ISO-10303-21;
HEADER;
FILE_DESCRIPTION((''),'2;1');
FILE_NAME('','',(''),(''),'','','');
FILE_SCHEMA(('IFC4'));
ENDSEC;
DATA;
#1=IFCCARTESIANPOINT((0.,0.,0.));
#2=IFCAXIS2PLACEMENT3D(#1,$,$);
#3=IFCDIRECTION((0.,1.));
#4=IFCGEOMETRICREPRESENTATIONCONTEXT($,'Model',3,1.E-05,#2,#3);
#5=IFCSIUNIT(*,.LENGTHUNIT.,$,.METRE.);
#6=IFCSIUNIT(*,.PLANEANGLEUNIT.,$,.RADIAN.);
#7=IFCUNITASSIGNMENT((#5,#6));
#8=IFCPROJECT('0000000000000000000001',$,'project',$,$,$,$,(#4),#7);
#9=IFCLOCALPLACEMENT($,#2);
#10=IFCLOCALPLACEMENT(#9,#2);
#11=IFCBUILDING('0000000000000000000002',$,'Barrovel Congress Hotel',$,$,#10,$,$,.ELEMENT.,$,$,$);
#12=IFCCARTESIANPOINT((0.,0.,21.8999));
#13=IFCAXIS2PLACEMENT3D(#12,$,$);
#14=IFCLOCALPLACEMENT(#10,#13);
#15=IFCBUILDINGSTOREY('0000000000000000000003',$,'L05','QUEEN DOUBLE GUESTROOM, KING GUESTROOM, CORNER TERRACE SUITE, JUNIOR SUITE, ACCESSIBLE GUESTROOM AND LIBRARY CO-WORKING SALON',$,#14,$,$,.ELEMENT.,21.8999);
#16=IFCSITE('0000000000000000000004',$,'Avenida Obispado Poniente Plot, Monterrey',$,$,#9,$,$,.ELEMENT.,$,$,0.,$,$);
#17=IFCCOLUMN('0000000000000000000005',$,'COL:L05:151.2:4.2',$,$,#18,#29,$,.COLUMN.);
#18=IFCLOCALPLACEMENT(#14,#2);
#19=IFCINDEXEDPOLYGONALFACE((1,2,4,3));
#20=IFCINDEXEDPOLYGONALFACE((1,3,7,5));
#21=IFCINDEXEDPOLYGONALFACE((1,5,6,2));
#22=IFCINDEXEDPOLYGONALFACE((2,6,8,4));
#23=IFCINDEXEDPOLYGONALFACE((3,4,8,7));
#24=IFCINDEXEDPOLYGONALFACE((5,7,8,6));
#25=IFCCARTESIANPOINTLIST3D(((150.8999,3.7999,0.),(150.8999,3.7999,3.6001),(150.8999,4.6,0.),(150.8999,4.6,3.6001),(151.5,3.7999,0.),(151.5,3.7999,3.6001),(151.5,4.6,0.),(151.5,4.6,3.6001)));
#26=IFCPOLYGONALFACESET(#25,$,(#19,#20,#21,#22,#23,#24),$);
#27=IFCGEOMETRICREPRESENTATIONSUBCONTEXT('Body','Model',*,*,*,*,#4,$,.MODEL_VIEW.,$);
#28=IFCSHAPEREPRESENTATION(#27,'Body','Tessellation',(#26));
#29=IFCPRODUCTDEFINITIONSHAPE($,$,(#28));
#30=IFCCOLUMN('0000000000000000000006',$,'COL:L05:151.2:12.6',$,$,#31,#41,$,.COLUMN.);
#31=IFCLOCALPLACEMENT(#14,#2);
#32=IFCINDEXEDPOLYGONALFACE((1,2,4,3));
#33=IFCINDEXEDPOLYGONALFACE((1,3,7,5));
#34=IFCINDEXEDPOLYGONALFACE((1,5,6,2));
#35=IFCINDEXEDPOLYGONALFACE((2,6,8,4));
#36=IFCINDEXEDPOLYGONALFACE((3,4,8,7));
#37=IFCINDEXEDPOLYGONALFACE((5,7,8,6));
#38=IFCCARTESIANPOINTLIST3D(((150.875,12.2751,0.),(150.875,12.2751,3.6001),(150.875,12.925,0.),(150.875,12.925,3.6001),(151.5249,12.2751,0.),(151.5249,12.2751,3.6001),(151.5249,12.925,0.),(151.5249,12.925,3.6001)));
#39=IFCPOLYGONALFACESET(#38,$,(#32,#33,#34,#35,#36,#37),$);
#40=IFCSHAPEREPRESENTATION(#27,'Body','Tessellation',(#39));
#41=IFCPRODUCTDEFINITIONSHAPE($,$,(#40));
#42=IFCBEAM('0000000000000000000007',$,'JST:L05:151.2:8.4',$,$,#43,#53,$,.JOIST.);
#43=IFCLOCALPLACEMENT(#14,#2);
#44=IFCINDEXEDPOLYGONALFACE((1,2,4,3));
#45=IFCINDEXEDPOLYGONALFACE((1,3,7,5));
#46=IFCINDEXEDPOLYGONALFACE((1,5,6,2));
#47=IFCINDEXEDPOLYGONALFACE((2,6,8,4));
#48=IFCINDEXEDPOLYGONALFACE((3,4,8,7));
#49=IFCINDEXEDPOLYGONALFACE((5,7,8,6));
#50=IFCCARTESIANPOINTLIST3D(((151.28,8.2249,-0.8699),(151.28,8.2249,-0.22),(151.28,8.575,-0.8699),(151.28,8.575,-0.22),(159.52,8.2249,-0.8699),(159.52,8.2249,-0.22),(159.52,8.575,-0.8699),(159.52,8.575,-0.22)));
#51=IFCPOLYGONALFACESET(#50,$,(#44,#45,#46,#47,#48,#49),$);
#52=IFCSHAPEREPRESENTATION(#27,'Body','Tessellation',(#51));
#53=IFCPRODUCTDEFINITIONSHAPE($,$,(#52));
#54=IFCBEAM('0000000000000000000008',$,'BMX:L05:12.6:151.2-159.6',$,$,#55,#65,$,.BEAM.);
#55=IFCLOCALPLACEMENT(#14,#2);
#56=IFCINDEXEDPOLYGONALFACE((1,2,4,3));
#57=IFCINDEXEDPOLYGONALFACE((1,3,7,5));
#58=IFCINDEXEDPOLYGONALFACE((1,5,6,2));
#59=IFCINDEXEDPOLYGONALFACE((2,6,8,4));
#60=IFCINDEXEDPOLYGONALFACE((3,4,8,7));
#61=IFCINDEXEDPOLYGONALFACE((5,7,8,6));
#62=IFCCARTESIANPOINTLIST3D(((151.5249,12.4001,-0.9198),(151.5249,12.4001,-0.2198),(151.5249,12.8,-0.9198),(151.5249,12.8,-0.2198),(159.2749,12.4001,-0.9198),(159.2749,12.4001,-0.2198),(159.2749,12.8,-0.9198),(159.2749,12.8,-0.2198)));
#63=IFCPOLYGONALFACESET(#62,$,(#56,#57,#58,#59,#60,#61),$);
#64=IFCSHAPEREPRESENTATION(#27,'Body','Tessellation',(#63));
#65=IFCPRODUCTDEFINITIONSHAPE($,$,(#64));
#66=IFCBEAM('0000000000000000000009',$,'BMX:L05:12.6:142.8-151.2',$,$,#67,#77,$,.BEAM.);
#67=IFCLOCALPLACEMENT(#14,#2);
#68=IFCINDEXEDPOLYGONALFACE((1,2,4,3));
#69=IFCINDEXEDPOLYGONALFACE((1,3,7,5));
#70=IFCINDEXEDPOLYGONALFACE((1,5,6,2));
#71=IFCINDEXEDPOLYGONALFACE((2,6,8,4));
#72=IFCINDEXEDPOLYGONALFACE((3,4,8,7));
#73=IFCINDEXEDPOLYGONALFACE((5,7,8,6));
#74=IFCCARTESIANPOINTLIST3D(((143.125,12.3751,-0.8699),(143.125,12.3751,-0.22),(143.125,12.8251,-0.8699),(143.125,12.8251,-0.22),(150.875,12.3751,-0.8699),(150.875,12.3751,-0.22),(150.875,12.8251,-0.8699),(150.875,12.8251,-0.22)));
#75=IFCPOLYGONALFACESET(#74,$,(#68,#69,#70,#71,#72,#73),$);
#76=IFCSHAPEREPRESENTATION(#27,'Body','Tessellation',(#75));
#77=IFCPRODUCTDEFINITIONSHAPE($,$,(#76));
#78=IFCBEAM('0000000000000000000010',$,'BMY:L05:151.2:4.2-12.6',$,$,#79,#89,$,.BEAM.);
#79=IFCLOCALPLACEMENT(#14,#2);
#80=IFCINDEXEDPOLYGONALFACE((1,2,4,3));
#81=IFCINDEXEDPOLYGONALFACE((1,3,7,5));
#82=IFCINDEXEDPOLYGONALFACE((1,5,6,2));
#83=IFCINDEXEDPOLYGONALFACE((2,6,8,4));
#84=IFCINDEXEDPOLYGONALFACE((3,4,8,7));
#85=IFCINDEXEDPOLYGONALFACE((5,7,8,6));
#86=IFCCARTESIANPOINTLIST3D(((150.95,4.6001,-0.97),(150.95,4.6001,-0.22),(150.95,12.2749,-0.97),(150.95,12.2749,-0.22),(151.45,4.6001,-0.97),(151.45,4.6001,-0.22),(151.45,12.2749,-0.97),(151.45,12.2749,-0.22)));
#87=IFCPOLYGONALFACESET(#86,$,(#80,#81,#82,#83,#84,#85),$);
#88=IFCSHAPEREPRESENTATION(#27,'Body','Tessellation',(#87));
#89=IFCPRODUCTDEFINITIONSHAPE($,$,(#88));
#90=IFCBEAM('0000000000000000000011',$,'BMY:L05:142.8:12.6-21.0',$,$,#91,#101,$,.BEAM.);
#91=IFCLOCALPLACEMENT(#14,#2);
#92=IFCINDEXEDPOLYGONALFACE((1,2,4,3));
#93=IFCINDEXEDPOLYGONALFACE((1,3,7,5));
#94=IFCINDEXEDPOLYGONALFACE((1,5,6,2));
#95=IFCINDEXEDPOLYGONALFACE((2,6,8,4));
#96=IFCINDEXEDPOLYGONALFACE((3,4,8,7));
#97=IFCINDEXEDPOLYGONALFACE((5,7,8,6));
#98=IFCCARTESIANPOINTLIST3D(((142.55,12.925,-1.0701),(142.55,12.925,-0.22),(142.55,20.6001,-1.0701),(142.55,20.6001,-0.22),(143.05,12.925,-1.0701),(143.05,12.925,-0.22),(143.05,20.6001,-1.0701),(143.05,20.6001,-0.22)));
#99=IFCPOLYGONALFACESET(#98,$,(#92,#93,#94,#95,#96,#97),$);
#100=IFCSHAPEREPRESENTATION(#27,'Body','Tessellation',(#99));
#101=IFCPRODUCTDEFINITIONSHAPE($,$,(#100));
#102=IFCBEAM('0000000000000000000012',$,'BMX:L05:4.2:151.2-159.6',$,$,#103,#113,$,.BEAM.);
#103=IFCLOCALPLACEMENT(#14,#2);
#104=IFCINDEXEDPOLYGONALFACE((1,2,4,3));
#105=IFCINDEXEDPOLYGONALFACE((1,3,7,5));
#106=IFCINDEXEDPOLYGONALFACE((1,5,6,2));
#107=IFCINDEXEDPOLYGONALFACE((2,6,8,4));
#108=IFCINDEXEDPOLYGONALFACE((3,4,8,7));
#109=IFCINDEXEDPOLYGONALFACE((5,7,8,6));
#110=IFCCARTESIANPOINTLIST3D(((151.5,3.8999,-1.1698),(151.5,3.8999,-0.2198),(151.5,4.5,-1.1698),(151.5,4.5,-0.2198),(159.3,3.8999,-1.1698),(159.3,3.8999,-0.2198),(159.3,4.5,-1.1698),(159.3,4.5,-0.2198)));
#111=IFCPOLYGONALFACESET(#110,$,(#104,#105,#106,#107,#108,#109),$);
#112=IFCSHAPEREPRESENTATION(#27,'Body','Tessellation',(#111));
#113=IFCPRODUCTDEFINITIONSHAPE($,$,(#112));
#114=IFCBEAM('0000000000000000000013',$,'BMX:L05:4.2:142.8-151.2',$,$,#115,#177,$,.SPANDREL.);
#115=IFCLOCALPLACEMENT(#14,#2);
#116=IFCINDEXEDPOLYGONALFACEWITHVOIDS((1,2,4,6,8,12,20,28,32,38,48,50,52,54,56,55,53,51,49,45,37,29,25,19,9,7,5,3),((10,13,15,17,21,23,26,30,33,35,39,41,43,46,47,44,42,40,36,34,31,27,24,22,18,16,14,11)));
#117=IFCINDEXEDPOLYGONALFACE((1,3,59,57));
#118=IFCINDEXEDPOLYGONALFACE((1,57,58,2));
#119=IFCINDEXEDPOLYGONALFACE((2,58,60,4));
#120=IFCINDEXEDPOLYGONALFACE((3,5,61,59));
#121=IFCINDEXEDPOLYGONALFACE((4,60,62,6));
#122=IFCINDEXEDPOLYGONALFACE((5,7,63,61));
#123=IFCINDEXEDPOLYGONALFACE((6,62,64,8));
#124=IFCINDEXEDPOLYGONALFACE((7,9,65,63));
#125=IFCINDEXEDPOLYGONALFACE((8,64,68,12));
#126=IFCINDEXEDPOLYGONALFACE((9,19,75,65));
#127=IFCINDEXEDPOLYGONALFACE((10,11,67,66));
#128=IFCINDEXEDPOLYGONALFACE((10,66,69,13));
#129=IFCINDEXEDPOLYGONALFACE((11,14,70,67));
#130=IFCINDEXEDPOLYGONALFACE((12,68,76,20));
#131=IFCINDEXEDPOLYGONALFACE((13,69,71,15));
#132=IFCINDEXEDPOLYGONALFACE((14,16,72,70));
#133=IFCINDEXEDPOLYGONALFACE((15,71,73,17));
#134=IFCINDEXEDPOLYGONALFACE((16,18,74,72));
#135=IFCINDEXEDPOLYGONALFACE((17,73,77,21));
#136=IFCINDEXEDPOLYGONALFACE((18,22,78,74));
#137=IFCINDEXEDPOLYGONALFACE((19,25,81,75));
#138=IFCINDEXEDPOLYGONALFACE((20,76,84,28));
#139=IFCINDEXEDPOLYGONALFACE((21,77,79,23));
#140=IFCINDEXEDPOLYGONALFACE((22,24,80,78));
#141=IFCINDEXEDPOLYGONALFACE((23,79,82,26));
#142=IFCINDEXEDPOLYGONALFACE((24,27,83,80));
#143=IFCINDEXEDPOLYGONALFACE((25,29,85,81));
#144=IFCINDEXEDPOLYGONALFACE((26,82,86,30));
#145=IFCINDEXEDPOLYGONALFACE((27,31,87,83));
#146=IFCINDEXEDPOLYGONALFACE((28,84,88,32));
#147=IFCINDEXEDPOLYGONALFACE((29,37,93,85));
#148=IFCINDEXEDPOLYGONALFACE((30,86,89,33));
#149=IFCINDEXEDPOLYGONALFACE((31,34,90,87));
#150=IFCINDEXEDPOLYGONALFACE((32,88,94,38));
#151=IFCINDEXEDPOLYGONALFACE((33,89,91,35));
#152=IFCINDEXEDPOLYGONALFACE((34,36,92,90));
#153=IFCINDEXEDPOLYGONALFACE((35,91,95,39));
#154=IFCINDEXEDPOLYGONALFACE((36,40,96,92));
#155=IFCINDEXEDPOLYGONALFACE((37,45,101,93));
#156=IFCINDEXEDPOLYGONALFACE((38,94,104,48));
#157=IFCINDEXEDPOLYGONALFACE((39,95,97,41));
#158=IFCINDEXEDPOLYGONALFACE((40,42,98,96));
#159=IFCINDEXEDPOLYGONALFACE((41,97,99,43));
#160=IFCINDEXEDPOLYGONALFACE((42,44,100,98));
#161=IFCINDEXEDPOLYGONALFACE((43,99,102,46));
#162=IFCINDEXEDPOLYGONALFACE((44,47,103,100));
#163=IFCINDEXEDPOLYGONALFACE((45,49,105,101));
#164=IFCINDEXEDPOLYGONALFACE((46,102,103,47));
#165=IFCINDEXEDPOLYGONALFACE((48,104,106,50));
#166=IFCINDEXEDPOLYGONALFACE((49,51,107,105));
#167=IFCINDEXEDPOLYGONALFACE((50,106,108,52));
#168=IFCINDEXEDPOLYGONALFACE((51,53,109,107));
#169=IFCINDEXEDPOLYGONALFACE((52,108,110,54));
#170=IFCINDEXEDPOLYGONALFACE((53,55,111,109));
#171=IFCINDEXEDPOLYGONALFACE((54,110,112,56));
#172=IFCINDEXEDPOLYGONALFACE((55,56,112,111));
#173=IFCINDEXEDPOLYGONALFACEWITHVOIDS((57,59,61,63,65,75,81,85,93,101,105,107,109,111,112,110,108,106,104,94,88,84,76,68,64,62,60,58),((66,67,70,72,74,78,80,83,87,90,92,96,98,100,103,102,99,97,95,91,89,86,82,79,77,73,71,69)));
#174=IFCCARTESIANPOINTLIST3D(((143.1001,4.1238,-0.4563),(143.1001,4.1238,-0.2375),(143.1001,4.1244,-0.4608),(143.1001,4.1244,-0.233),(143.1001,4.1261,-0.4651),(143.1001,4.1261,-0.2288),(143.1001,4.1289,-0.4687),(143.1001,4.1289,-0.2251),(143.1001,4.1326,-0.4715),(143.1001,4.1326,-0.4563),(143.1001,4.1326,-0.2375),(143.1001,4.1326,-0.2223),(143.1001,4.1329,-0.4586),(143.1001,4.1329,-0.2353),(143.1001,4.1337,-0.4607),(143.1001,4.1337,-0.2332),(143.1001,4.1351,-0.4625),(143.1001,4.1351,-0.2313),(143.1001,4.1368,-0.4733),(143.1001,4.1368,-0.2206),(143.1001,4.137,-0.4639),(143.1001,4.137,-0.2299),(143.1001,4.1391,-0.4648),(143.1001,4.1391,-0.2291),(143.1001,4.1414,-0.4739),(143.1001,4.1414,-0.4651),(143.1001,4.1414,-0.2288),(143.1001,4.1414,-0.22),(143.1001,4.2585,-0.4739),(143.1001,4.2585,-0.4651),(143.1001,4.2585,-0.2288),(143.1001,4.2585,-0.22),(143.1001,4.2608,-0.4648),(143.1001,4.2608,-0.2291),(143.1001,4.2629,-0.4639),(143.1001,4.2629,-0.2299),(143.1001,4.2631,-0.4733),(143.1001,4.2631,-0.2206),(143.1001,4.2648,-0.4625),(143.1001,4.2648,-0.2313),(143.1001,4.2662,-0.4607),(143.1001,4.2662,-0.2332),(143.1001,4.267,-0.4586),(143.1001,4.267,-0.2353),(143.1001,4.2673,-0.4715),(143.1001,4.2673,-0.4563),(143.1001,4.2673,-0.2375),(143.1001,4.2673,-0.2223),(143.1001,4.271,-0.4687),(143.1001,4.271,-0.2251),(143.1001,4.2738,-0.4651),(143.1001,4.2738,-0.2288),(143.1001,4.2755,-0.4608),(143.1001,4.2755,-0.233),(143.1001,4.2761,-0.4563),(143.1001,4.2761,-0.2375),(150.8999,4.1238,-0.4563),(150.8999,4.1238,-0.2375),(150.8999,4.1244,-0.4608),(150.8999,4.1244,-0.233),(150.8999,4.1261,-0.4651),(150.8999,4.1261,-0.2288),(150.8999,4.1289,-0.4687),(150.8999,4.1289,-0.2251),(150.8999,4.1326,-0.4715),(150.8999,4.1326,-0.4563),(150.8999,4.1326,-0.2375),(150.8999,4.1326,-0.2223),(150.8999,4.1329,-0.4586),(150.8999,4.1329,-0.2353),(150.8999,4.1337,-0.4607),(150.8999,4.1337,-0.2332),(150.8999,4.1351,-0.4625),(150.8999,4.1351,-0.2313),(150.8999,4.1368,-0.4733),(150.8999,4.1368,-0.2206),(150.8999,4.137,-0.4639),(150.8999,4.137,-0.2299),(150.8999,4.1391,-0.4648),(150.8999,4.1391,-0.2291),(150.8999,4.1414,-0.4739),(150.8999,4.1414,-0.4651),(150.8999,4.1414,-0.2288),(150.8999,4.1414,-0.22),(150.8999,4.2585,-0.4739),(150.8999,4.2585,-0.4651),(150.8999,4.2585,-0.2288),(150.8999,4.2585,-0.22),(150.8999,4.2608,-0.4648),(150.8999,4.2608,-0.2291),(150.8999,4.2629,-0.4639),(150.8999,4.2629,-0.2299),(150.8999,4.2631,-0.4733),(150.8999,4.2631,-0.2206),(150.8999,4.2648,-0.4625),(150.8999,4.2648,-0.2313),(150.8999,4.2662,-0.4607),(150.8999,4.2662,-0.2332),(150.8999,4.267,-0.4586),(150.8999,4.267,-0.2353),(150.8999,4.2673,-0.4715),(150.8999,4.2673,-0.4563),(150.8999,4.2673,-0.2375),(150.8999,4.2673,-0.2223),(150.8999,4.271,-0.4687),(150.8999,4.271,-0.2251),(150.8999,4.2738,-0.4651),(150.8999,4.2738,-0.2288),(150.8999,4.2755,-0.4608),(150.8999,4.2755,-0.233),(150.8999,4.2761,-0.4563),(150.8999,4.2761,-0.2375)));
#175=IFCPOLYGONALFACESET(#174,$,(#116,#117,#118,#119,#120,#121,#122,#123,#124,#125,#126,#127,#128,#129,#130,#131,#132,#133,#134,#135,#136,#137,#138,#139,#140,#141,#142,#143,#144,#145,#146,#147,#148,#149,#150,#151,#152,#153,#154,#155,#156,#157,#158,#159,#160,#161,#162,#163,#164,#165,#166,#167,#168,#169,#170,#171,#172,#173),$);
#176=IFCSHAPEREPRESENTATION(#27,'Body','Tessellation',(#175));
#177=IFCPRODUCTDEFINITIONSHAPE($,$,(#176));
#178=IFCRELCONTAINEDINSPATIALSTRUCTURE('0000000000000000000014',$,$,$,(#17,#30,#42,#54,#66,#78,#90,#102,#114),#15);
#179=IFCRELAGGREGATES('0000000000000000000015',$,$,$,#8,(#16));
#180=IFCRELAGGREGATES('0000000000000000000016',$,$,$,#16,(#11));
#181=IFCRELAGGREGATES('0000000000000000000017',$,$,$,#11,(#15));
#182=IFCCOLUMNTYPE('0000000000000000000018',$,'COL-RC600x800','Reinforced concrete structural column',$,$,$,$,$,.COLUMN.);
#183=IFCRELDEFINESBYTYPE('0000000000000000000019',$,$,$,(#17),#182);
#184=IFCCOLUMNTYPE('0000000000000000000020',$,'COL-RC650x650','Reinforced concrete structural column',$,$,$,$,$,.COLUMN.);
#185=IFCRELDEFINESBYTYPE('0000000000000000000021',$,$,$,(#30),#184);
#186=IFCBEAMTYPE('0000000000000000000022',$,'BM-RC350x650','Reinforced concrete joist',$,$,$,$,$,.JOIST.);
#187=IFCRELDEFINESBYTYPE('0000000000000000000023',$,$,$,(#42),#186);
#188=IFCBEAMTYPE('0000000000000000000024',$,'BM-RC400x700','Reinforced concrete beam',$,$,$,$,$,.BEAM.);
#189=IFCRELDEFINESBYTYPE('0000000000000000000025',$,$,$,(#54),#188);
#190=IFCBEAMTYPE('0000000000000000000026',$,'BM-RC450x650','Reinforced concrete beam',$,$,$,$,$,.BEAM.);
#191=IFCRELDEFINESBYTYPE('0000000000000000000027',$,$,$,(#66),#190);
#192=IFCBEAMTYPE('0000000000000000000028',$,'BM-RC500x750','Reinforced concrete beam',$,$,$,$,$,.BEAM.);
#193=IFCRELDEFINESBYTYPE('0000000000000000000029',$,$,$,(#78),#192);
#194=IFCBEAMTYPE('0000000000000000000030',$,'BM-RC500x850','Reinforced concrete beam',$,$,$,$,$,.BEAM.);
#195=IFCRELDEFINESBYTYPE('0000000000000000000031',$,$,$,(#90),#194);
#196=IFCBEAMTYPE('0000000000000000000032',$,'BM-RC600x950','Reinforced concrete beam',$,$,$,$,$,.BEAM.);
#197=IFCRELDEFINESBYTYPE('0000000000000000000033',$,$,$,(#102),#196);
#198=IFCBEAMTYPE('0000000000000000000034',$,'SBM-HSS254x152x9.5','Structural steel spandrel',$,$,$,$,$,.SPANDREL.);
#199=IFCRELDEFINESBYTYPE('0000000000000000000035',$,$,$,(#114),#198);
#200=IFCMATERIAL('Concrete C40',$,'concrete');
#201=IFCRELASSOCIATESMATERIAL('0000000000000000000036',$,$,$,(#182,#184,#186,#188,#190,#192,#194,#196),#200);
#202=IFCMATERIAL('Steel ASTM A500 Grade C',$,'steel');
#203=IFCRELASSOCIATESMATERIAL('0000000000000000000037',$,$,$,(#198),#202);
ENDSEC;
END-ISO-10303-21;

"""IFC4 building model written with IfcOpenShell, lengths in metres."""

from ifc_helpers import new_model, si_unit, direction, frame, origin, origin_2d, place, context, subcontext, project, spatial, rectangle, hollow_rectangle, extrude, material, material_profile, profile_set, type_object, element, save


model = new_model("IFC4")

# Units and contexts
model_context = context("Model", 3, precision=1e-05, world=origin(), true_north=direction((0.0, 1.0)))
body_context = subcontext(model_context, "Body", "Model", "MODEL_VIEW")
ifc_project = project(units=[si_unit("LENGTHUNIT", "METRE"), si_unit("PLANEANGLEUNIT", "RADIAN")], contexts=[model_context])

# Site, building, storey
site_placement = place(None, origin())
site = spatial("IfcSite", under=ifc_project, at=site_placement, Name="Avenida Obispado Poniente Plot, Monterrey", CompositionType="ELEMENT", RefElevation=0.0)
building_placement = place(site_placement, origin())
building = spatial("IfcBuilding", under=site, at=building_placement, Name="Barrovel Congress Hotel", CompositionType="ELEMENT")
storey_placement = place(building_placement, frame((0.0, 0.0, 21.8999)))
storey = spatial("IfcBuildingStorey", under=building, at=storey_placement, Name="L05", Description="QUEEN DOUBLE GUESTROOM, KING GUESTROOM, CORNER TERRACE SUITE, JUNIOR SUITE, ACCESSIBLE GUESTROOM AND LIBRARY CO-WORKING SALON", CompositionType="ELEMENT", Elevation=21.8999)

# Columns
ifc_material_1 = material(Name="Concrete C40", Category="concrete")
ifc_material_profile_1 = material_profile(ifc_material_1, rectangle(XDim=0.6001, YDim=0.8, at=origin_2d()), Name="RC600x800")
ifc_profile_set_1 = profile_set([ifc_material_profile_1], Name="Concrete C40")
column_type_1 = type_object("IfcColumnType", Name="COL-RC600x800", Description="Reinforced concrete structural column", PredefinedType="COLUMN", material=ifc_profile_set_1)
column_1_placement = place(storey_placement, frame((151.2, 4.2, 0.0), z_axis=(0.0, 0.0, 1.0), x_axis=(1.0, 0.0, 0.0)))
element("IfcColumn", 1, at=column_1_placement, inside=storey, type_object=column_type_1, Name="COL:L05:151.2:4.2", PredefinedType="COLUMN", context=body_context, shape_type="SweptSolid", body=[
    extrude(rectangle(XDim=0.6001, YDim=0.8, at=origin_2d()), origin(), (0.0, 0.0, 1.0), 3.6001),
])
ifc_material_profile_2 = material_profile(ifc_material_1, rectangle(XDim=0.6499, YDim=0.6499, at=origin_2d()), Name="RC650x650")
ifc_profile_set_2 = profile_set([ifc_material_profile_2], Name="Concrete C40")
column_type_2 = type_object("IfcColumnType", Name="COL-RC650x650", Description="Reinforced concrete structural column", PredefinedType="COLUMN", material=ifc_profile_set_2)
column_2_placement = place(storey_placement, frame((151.2, 12.6001, 0.0), z_axis=(0.0, 0.0, 1.0), x_axis=(1.0, 0.0, 0.0)))
element("IfcColumn", 2, at=column_2_placement, inside=storey, type_object=column_type_2, Name="COL:L05:151.2:12.6", PredefinedType="COLUMN", context=body_context, shape_type="SweptSolid", body=[
    extrude(rectangle(XDim=0.6499, YDim=0.6499, at=origin_2d()), origin(), (0.0, 0.0, 1.0), 3.6001),
])

# Beams
ifc_material_profile_3 = material_profile(ifc_material_1, rectangle(XDim=0.3501, YDim=0.6499, at=origin_2d()), Name="RC350x650")
ifc_profile_set_3 = profile_set([ifc_material_profile_3], Name="Concrete C40")
beam_type_1 = type_object("IfcBeamType", Name="BM-RC350x650", Description="Reinforced concrete joist", PredefinedType="JOIST", material=ifc_profile_set_3)
beam_1_placement = place(storey_placement, frame((151.28, 8.3999, -0.5449), z_axis=(1.0, 0.0, 0.0), x_axis=(0.0, 1.0, 0.0)))
element("IfcBeam", 3, at=beam_1_placement, inside=storey, type_object=beam_type_1, Name="JST:L05:151.2:8.4", PredefinedType="JOIST", context=body_context, shape_type="SweptSolid", body=[
    extrude(rectangle(XDim=0.3501, YDim=0.6499, at=origin_2d()), origin(), (0.0, 0.0, 1.0), 8.24),
])
ifc_material_profile_4 = material_profile(ifc_material_1, rectangle(XDim=0.3999, YDim=0.7, at=origin_2d()), Name="RC400x700")
ifc_profile_set_4 = profile_set([ifc_material_profile_4], Name="Concrete C40")
beam_type_2 = type_object("IfcBeamType", Name="BM-RC400x700", Description="Reinforced concrete beam", PredefinedType="BEAM", material=ifc_profile_set_4)
beam_2_placement = place(storey_placement, frame((151.5249, 12.6001, -0.5698), z_axis=(1.0, 0.0, 0.0), x_axis=(0.0, 1.0, 0.0)))
element("IfcBeam", 4, at=beam_2_placement, inside=storey, type_object=beam_type_2, Name="BMX:L05:12.6:151.2-159.6", PredefinedType="BEAM", context=body_context, shape_type="SweptSolid", body=[
    extrude(rectangle(XDim=0.3999, YDim=0.7, at=origin_2d()), origin(), (0.0, 0.0, 1.0), 7.75),
])
ifc_material_profile_5 = material_profile(ifc_material_1, rectangle(XDim=0.45, YDim=0.6499, at=origin_2d()), Name="RC450x650")
ifc_profile_set_5 = profile_set([ifc_material_profile_5], Name="Concrete C40")
beam_type_3 = type_object("IfcBeamType", Name="BM-RC450x650", Description="Reinforced concrete beam", PredefinedType="BEAM", material=ifc_profile_set_5)
beam_3_placement = place(storey_placement, frame((143.125, 12.6001, -0.5449), z_axis=(1.0, 0.0, 0.0), x_axis=(0.0, 1.0, 0.0)))
element("IfcBeam", 5, at=beam_3_placement, inside=storey, type_object=beam_type_3, Name="BMX:L05:12.6:142.8-151.2", PredefinedType="BEAM", context=body_context, shape_type="SweptSolid", body=[
    extrude(rectangle(XDim=0.45, YDim=0.6499, at=origin_2d()), origin(), (0.0, 0.0, 1.0), 7.75),
])
ifc_material_profile_6 = material_profile(ifc_material_1, rectangle(XDim=0.5, YDim=0.75, at=origin_2d()), Name="RC500x750")
ifc_profile_set_6 = profile_set([ifc_material_profile_6], Name="Concrete C40")
beam_type_4 = type_object("IfcBeamType", Name="BM-RC500x750", Description="Reinforced concrete beam", PredefinedType="BEAM", material=ifc_profile_set_6)
beam_4_placement = place(storey_placement, frame((151.2, 4.6001, -0.595), z_axis=(0.0, 1.0, 0.0), x_axis=(-1.0, 0.0, 0.0)))
element("IfcBeam", 6, at=beam_4_placement, inside=storey, type_object=beam_type_4, Name="BMY:L05:151.2:4.2-12.6", PredefinedType="BEAM", context=body_context, shape_type="SweptSolid", body=[
    extrude(rectangle(XDim=0.5, YDim=0.75, at=origin_2d()), origin(), (0.0, 0.0, 1.0), 7.6748),
])
ifc_material_profile_7 = material_profile(ifc_material_1, rectangle(XDim=0.5, YDim=0.8501, at=origin_2d()), Name="RC500x850")
ifc_profile_set_7 = profile_set([ifc_material_profile_7], Name="Concrete C40")
beam_type_5 = type_object("IfcBeamType", Name="BM-RC500x850", Description="Reinforced concrete beam", PredefinedType="BEAM", material=ifc_profile_set_7)
beam_5_placement = place(storey_placement, frame((142.8, 12.925, -0.645), z_axis=(0.0, 1.0, 0.0), x_axis=(-1.0, 0.0, 0.0)))
element("IfcBeam", 7, at=beam_5_placement, inside=storey, type_object=beam_type_5, Name="BMY:L05:142.8:12.6-21.0", PredefinedType="BEAM", context=body_context, shape_type="SweptSolid", body=[
    extrude(rectangle(XDim=0.5, YDim=0.8501, at=origin_2d()), origin(), (0.0, 0.0, 1.0), 7.675),
])
ifc_material_profile_8 = material_profile(ifc_material_1, rectangle(XDim=0.6001, YDim=0.95, at=origin_2d()), Name="RC600x950")
ifc_profile_set_8 = profile_set([ifc_material_profile_8], Name="Concrete C40")
beam_type_6 = type_object("IfcBeamType", Name="BM-RC600x950", Description="Reinforced concrete beam", PredefinedType="BEAM", material=ifc_profile_set_8)
beam_6_placement = place(storey_placement, frame((151.5, 4.2, -0.6948), z_axis=(1.0, 0.0, 0.0), x_axis=(0.0, 1.0, 0.0)))
element("IfcBeam", 8, at=beam_6_placement, inside=storey, type_object=beam_type_6, Name="BMX:L05:4.2:151.2-159.6", PredefinedType="BEAM", context=body_context, shape_type="SweptSolid", body=[
    extrude(rectangle(XDim=0.6001, YDim=0.95, at=origin_2d()), origin(), (0.0, 0.0, 1.0), 7.8),
])
ifc_material_2 = material(Name="Steel ASTM A500 Grade C", Category="steel")
ifc_material_profile_9 = material_profile(ifc_material_2, hollow_rectangle(XDim=0.1523, YDim=0.2539, WallThickness=0.0088, InnerFilletRadius=0.0088, OuterFilletRadius=0.0176, at=origin_2d()), Name="HSS254x152x9.5")
ifc_profile_set_9 = profile_set([ifc_material_profile_9], Name="Steel ASTM A500 Grade C")
beam_type_7 = type_object("IfcBeamType", Name="SBM-HSS254x152x9.5", Description="Structural steel spandrel", PredefinedType="SPANDREL", material=ifc_profile_set_9)
beam_7_placement = place(storey_placement, frame((143.1001, 4.2, -0.3469), z_axis=(1.0, 0.0, 0.0), x_axis=(0.0, 1.0, 0.0)))
element("IfcBeam", 9, at=beam_7_placement, inside=storey, type_object=beam_type_7, Name="BMX:L05:4.2:142.8-151.2", PredefinedType="SPANDREL", context=body_context, shape_type="SweptSolid", body=[
    extrude(hollow_rectangle(XDim=0.1523, YDim=0.2539, WallThickness=0.0088, InnerFilletRadius=0.0088, OuterFilletRadius=0.0176, at=origin_2d()), origin(), (0.0, 0.0, 1.0), 7.7998),
])

save(model, "model.ifc")
